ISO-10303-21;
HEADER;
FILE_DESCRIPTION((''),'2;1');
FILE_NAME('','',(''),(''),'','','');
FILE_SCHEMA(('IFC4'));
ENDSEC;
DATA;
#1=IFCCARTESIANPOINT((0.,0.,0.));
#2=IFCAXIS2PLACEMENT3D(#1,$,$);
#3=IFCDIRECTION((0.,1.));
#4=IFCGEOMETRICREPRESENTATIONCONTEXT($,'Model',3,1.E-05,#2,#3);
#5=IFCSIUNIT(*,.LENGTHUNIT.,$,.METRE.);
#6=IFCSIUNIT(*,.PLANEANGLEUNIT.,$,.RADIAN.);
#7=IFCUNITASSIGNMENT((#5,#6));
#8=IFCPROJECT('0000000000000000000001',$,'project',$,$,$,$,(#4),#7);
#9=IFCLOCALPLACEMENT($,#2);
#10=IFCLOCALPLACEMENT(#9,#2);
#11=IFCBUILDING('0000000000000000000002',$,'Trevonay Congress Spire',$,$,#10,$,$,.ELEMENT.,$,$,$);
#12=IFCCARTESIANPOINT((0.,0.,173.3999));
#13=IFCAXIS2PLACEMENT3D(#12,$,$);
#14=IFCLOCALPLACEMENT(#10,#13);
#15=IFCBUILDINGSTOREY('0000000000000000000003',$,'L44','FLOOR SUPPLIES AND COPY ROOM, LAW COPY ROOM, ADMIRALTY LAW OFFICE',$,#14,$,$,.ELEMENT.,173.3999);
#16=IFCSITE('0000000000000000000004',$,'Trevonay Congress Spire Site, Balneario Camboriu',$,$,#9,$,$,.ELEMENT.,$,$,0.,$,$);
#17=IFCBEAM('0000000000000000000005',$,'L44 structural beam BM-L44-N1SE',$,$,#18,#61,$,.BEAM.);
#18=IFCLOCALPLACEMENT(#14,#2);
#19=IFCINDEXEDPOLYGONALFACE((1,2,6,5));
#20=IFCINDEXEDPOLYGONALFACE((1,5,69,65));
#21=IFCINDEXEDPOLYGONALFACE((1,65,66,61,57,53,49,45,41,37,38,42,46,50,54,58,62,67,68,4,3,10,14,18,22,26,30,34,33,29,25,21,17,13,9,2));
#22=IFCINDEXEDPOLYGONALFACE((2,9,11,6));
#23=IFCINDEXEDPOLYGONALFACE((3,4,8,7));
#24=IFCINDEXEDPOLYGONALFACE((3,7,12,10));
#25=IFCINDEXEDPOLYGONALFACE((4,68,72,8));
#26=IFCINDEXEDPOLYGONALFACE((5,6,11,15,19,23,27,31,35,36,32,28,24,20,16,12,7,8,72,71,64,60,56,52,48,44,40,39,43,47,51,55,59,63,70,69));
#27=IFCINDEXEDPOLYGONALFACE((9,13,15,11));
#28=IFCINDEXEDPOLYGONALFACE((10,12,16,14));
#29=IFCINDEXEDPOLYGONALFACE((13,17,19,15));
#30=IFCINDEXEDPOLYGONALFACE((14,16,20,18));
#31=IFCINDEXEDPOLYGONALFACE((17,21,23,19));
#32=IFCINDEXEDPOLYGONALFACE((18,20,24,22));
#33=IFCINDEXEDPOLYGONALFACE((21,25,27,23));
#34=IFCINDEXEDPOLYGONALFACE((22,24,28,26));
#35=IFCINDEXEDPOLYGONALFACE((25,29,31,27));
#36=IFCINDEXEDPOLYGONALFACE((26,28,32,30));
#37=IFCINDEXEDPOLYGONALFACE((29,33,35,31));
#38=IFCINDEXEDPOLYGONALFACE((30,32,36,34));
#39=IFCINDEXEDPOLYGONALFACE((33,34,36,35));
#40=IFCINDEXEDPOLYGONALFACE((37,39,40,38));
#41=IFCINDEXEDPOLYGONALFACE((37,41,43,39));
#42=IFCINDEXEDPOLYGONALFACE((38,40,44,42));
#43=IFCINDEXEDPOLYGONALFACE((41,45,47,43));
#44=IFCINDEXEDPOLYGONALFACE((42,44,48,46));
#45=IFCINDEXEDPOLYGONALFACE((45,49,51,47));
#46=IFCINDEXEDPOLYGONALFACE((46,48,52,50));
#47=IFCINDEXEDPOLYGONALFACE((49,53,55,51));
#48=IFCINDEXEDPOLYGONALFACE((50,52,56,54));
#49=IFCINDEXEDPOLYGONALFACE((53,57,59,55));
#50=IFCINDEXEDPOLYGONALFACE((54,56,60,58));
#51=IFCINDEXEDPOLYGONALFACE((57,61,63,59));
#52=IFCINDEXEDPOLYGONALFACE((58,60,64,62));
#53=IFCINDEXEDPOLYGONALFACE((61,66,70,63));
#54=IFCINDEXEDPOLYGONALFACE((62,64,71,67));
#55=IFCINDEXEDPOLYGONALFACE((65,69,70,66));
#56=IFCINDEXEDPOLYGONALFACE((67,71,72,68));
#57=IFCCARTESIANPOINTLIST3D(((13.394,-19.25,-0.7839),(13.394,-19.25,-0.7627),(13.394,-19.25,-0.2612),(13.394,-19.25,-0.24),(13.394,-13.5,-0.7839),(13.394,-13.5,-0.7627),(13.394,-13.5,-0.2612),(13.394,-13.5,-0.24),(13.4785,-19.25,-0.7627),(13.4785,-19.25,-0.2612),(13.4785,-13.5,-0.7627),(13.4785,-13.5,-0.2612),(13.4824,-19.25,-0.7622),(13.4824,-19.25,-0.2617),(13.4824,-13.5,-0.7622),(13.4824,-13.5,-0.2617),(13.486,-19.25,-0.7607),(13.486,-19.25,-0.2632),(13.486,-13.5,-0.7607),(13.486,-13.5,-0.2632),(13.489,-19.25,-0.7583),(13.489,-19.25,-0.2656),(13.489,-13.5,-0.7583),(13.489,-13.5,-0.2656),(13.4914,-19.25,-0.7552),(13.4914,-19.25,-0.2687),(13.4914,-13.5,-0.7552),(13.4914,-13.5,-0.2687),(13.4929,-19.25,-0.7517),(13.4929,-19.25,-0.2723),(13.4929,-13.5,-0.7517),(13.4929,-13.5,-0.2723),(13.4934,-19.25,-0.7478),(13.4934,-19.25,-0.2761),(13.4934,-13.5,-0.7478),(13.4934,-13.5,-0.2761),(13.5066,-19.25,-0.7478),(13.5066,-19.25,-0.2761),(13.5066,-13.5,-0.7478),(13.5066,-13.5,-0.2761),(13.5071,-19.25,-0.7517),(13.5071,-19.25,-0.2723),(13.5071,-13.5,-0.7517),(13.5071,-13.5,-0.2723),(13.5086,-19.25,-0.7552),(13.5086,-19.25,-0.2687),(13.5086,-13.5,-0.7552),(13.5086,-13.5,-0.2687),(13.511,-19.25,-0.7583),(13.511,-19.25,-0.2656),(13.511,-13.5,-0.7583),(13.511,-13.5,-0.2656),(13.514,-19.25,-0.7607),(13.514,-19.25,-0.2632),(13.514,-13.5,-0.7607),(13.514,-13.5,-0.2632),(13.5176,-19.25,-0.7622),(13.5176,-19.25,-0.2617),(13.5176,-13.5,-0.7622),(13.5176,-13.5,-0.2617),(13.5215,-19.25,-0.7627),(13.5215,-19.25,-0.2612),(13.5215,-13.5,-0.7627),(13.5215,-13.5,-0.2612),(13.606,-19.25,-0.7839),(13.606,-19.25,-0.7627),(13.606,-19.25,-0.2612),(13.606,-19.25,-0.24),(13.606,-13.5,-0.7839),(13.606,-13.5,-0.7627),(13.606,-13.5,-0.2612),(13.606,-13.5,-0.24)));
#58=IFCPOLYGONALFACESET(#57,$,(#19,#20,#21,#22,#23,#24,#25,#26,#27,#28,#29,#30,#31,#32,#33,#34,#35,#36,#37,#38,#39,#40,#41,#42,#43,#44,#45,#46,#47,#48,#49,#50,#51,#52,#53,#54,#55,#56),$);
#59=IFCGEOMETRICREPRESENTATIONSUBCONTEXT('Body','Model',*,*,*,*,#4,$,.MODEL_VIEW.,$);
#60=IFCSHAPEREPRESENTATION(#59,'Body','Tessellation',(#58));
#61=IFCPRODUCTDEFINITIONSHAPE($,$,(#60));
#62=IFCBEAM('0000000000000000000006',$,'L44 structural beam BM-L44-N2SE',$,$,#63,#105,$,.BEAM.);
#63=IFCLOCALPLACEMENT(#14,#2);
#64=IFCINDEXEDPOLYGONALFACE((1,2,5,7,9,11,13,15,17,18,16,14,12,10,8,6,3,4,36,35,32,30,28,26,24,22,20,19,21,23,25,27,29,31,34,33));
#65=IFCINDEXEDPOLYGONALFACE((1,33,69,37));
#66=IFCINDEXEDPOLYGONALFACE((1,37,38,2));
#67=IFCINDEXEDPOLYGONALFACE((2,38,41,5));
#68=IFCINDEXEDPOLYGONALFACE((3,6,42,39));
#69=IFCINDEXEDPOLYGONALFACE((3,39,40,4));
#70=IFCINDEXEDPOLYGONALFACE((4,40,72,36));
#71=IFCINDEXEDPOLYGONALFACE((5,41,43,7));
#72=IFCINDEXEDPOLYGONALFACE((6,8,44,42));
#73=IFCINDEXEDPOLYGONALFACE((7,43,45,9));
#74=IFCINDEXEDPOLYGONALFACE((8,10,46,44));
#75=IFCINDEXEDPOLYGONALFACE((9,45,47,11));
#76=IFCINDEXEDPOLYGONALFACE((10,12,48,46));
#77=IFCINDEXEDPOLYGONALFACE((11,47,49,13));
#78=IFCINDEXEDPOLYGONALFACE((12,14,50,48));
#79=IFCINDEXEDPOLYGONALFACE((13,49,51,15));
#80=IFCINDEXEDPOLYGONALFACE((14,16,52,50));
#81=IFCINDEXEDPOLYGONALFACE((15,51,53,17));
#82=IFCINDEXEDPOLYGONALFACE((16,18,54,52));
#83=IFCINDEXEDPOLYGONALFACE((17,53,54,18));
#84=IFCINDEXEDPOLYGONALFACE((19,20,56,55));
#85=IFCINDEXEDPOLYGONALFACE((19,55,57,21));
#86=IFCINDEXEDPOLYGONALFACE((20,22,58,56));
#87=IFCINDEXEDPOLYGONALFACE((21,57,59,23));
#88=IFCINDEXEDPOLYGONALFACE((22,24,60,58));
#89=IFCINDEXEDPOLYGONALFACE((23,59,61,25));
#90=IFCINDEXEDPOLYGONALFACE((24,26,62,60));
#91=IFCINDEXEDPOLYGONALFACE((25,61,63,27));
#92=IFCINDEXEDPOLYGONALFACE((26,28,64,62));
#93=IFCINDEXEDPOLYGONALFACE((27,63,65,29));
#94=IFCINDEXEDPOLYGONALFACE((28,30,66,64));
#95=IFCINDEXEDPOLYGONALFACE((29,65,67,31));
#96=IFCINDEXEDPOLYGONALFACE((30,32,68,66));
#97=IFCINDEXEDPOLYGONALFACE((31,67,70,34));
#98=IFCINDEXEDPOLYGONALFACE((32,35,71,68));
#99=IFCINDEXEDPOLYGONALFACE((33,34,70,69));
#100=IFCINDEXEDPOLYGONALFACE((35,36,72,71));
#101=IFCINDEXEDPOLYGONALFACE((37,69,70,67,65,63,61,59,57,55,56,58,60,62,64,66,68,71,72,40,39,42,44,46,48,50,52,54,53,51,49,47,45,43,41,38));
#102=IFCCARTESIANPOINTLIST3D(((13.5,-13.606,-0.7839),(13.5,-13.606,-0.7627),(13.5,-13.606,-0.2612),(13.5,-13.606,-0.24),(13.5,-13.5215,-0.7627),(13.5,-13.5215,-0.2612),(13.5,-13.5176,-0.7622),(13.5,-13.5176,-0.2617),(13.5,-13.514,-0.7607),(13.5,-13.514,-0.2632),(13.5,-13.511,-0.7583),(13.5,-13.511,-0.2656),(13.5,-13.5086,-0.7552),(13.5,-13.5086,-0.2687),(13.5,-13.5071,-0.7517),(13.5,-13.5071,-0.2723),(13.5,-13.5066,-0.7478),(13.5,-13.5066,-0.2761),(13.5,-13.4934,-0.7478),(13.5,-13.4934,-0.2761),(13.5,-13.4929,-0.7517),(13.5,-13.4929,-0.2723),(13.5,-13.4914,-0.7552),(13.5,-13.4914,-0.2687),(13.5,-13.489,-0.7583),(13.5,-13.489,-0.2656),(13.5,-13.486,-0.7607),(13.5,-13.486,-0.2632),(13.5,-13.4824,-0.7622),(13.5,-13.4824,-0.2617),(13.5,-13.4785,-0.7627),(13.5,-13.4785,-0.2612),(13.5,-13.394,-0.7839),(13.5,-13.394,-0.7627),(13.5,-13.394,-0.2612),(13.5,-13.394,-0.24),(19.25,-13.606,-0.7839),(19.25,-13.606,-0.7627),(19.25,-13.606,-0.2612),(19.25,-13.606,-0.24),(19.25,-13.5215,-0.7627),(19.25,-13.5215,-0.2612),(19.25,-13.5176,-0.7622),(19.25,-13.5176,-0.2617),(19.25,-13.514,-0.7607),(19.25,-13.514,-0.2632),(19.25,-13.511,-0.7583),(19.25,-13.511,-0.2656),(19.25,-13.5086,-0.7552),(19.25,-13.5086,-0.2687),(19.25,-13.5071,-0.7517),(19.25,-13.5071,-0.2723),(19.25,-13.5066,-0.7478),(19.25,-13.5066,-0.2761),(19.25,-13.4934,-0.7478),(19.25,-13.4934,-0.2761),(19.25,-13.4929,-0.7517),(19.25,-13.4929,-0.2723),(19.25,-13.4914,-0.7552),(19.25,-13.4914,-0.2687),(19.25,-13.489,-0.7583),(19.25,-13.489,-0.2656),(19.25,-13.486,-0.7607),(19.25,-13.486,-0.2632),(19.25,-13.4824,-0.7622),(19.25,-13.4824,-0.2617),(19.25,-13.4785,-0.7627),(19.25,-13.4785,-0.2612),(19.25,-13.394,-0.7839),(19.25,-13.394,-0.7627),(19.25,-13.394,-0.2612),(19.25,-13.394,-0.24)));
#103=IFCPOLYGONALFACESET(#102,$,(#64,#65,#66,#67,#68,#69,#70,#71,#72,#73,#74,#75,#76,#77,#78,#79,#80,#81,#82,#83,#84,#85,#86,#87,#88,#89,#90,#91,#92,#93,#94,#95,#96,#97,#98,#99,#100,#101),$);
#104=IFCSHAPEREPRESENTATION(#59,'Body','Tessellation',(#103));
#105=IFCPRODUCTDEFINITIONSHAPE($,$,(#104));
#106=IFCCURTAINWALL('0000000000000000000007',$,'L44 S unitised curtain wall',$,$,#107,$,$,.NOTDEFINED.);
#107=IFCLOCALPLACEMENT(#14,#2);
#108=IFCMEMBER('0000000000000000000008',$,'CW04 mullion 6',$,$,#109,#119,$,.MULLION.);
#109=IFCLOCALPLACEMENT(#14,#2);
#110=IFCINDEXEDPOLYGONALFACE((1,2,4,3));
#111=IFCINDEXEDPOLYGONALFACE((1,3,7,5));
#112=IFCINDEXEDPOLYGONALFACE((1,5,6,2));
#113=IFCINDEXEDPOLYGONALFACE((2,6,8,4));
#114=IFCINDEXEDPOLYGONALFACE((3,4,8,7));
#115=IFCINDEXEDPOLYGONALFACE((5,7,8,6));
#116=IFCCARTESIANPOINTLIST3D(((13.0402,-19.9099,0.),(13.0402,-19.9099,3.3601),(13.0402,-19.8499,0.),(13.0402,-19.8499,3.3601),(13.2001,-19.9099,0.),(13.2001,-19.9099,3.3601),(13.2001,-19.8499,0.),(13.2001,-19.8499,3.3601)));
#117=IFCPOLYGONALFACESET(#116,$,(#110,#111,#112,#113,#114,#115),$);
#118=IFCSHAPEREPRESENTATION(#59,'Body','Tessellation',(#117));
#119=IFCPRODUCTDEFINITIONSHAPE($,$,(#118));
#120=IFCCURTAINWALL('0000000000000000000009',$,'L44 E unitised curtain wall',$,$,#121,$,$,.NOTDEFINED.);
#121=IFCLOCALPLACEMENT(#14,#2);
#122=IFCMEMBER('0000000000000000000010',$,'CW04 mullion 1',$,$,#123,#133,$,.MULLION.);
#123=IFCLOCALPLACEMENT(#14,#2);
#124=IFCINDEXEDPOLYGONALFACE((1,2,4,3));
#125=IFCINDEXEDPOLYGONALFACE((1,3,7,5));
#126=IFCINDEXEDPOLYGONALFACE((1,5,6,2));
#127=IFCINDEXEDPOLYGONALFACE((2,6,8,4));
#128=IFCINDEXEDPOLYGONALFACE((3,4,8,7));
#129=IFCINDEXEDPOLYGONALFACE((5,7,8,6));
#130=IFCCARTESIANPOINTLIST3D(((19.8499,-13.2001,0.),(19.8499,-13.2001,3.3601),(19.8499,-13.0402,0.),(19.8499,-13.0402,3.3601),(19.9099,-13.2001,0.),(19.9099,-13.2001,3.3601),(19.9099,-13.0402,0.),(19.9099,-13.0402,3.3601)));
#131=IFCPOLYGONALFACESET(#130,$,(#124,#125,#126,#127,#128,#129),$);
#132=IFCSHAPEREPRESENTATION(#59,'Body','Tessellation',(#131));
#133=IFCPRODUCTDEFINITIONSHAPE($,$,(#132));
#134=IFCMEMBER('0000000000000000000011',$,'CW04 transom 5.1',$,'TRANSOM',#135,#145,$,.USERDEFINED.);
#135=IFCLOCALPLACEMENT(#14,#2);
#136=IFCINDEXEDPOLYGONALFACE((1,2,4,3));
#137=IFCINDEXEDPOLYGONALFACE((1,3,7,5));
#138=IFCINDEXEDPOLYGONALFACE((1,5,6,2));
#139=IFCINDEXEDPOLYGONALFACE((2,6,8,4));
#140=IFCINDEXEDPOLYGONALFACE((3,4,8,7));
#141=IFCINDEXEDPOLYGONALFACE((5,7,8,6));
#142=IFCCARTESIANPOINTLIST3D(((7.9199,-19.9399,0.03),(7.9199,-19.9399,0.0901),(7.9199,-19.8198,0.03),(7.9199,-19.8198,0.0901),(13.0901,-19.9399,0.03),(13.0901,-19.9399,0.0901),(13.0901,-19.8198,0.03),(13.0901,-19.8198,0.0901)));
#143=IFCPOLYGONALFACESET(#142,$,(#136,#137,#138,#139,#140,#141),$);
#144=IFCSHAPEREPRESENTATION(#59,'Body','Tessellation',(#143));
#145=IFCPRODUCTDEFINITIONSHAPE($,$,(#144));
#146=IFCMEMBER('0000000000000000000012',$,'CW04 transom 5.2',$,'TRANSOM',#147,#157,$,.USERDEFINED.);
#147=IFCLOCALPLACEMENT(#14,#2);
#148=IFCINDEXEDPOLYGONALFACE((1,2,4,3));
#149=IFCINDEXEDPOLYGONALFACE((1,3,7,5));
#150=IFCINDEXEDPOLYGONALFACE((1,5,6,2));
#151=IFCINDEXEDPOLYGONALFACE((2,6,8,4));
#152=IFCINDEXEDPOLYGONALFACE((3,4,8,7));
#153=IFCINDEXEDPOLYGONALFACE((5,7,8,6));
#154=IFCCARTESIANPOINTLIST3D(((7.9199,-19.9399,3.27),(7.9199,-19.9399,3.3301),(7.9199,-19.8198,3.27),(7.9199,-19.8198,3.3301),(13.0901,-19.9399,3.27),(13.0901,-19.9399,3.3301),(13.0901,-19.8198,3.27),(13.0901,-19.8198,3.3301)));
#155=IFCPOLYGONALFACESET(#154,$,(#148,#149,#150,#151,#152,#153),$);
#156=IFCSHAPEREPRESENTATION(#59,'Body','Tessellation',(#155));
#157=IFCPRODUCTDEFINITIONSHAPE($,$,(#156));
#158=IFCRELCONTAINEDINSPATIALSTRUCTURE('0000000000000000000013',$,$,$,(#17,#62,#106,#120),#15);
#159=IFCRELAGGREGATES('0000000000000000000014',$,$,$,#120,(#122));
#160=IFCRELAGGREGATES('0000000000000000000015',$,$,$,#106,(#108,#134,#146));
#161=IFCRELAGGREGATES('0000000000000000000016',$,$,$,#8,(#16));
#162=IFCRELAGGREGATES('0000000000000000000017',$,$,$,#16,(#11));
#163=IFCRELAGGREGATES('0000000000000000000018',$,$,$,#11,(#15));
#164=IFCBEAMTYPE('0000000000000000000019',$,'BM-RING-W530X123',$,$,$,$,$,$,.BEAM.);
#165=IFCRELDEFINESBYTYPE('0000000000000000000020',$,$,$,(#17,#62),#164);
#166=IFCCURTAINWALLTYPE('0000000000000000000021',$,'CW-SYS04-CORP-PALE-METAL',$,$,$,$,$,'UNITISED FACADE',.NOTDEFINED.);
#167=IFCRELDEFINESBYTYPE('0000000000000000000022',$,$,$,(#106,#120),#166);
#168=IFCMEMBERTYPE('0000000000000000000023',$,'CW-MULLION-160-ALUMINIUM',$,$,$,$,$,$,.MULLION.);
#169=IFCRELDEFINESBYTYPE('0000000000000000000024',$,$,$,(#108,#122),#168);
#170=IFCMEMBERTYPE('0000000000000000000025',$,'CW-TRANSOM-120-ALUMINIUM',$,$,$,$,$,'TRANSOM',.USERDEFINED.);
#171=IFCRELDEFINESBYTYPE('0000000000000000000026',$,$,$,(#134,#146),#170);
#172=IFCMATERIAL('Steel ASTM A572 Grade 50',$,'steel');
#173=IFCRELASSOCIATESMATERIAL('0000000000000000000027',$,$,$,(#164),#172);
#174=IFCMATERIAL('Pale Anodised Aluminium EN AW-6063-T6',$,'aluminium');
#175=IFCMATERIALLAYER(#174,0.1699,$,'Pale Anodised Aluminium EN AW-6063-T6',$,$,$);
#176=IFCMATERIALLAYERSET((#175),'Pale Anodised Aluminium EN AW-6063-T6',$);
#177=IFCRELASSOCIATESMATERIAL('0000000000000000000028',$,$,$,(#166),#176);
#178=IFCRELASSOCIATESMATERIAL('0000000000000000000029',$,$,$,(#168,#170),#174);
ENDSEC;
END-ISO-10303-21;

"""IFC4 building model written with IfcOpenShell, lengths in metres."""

from ifc_helpers import new_model, si_unit, direction, frame, origin, origin_2d, place, context, subcontext, project, spatial, rectangle, i_section, extrude, material, layer, layer_set, material_profile, profile_set, type_object, element, aggregate, save


model = new_model("IFC4")

# Units and contexts
model_context = context("Model", 3, precision=1e-05, world=origin(), true_north=direction((0.0, 1.0)))
body_context = subcontext(model_context, "Body", "Model", "MODEL_VIEW")
ifc_project = project(units=[si_unit("LENGTHUNIT", "METRE"), si_unit("PLANEANGLEUNIT", "RADIAN")], contexts=[model_context])

# Site, building, storey
site_placement = place(None, origin())
site = spatial("IfcSite", under=ifc_project, at=site_placement, Name="Trevonay Congress Spire Site, Balneario Camboriu", CompositionType="ELEMENT", RefElevation=0.0)
building_placement = place(site_placement, origin())
building = spatial("IfcBuilding", under=site, at=building_placement, Name="Trevonay Congress Spire", CompositionType="ELEMENT")
storey_placement = place(building_placement, frame((0.0, 0.0, 173.3999)))
storey = spatial("IfcBuildingStorey", under=building, at=storey_placement, Name="L44", Description="FLOOR SUPPLIES AND COPY ROOM, LAW COPY ROOM, ADMIRALTY LAW OFFICE", CompositionType="ELEMENT", Elevation=173.3999)

# Shared definitions
ifc_material_1 = material(Name="Steel ASTM A572 Grade 50", Category="steel")

# Beams
ifc_material_profile_1 = material_profile(ifc_material_1, i_section(OverallWidth=0.2119, OverallDepth=0.5439, WebThickness=0.0132, FlangeThickness=0.0212, FilletRadius=0.0149, at=origin_2d()), Name="W530x123")
ifc_profile_set_1 = profile_set([ifc_material_profile_1], Name="Steel ASTM A572 Grade 50")
beam_type_1 = type_object("IfcBeamType", Name="BM-RING-W530X123", PredefinedType="BEAM", material=ifc_profile_set_1)
for number, where, z_axis, x_axis, name in (
    (1, (13.5, -19.25, -0.512), (0.0, 1.0, 0.0), (-1.0, 0.0, 0.0), "L44 structural beam BM-L44-N1SE"),
    (2, (19.25, -13.5, -0.512), (-1.0, 0.0, 0.0), (0.0, -1.0, 0.0), "L44 structural beam BM-L44-N2SE"),
):
    element("IfcBeam", number, at=place(storey_placement, frame(where, z_axis=z_axis, x_axis=x_axis)), inside=storey, type_object=beam_type_1, Name=name, PredefinedType="BEAM", context=body_context, shape_type="SweptSolid", body=[
        extrude(i_section(OverallWidth=0.2119, OverallDepth=0.5439, WebThickness=0.0132, FlangeThickness=0.0212, FilletRadius=0.0149, at=origin_2d()), origin(), (0.0, 0.0, 1.0), 5.75),
    ])

# Curtain walls, members
ifc_material_2 = material(Name="Pale Anodised Aluminium EN AW-6063-T6", Category="aluminium")
ifc_layer_1 = layer(ifc_material_2, 0.1699, Name="Pale Anodised Aluminium EN AW-6063-T6")
ifc_layer_set_1 = layer_set([ifc_layer_1], Name="Pale Anodised Aluminium EN AW-6063-T6")
curtain_wall_type = type_object("IfcCurtainWallType", Name="CW-SYS04-CORP-PALE-METAL", ElementType="UNITISED FACADE", PredefinedType="NOTDEFINED", material=ifc_layer_set_1)
curtain_wall_1_placement = place(storey_placement, origin())
curtain_wall_1 = element("IfcCurtainWall", 3, at=curtain_wall_1_placement, inside=storey, type_object=curtain_wall_type, Name="L44 S unitised curtain wall", PredefinedType="NOTDEFINED")
ifc_material_profile_2 = material_profile(ifc_material_2, rectangle(XDim=0.0601, YDim=0.1599, at=origin_2d()), Name="CW-MULLION-160-ALUMINIUM")
ifc_profile_set_2 = profile_set([ifc_material_profile_2], Name="Pale Anodised Aluminium EN AW-6063-T6")
member_type_1 = type_object("IfcMemberType", Name="CW-MULLION-160-ALUMINIUM", PredefinedType="MULLION", material=ifc_profile_set_2)
member_1_placement = place(storey_placement, frame((13.1201, -19.8799, 0.0), z_axis=(0.0, 0.0, 1.0), x_axis=(0.0, 1.0, 0.0)))
member_1 = element("IfcMember", 4, at=member_1_placement, type_object=member_type_1, Name="CW04 mullion 6", PredefinedType="MULLION", context=body_context, shape_type="SweptSolid", body=[
    extrude(rectangle(XDim=0.0601, YDim=0.1599, at=origin_2d()), origin(), (0.0, 0.0, 1.0), 3.3601),
])
curtain_wall_2_placement = place(storey_placement, origin())
curtain_wall_2 = element("IfcCurtainWall", 5, at=curtain_wall_2_placement, inside=storey, type_object=curtain_wall_type, Name="L44 E unitised curtain wall", PredefinedType="NOTDEFINED")
member_2_placement = place(storey_placement, frame((19.8799, -13.1201, 0.0), z_axis=(0.0, 0.0, 1.0), x_axis=(-1.0, 0.0, 0.0)))
member_2 = element("IfcMember", 6, at=member_2_placement, type_object=member_type_1, Name="CW04 mullion 1", PredefinedType="MULLION", context=body_context, shape_type="SweptSolid", body=[
    extrude(rectangle(XDim=0.0601, YDim=0.1599, at=origin_2d()), origin(), (0.0, 0.0, 1.0), 3.3601),
])
aggregate(curtain_wall_2, [member_2])

# Members
ifc_material_profile_3 = material_profile(ifc_material_2, rectangle(XDim=0.1201, YDim=0.0601, at=origin_2d()), Name="CW-TRANSOM-120-ALUMINIUM")
ifc_profile_set_3 = profile_set([ifc_material_profile_3], Name="Pale Anodised Aluminium EN AW-6063-T6")
member_type_2 = type_object("IfcMemberType", Name="CW-TRANSOM-120-ALUMINIUM", ElementType="TRANSOM", PredefinedType="USERDEFINED", material=ifc_profile_set_3)
member_3_placement = place(storey_placement, frame((7.9199, -19.8799, 0.0601), z_axis=(1.0, 0.0, 0.0), x_axis=(0.0, 1.0, 0.0)))
member_3 = element("IfcMember", 7, at=member_3_placement, type_object=member_type_2, Name="CW04 transom 5.1", ObjectType="TRANSOM", PredefinedType="USERDEFINED", context=body_context, shape_type="SweptSolid", body=[
    extrude(rectangle(XDim=0.1201, YDim=0.0601, at=origin_2d()), origin(), (0.0, 0.0, 1.0), 5.1702),
])
member_4_placement = place(storey_placement, frame((7.9199, -19.8799, 3.3), z_axis=(1.0, 0.0, 0.0), x_axis=(0.0, 1.0, 0.0)))
member_4 = element("IfcMember", 8, at=member_4_placement, type_object=member_type_2, Name="CW04 transom 5.2", ObjectType="TRANSOM", PredefinedType="USERDEFINED", context=body_context, shape_type="SweptSolid", body=[
    extrude(rectangle(XDim=0.1201, YDim=0.0601, at=origin_2d()), origin(), (0.0, 0.0, 1.0), 5.1702),
])

aggregate(curtain_wall_1, [member_1, member_3, member_4])

save(model, "model.ifc")
